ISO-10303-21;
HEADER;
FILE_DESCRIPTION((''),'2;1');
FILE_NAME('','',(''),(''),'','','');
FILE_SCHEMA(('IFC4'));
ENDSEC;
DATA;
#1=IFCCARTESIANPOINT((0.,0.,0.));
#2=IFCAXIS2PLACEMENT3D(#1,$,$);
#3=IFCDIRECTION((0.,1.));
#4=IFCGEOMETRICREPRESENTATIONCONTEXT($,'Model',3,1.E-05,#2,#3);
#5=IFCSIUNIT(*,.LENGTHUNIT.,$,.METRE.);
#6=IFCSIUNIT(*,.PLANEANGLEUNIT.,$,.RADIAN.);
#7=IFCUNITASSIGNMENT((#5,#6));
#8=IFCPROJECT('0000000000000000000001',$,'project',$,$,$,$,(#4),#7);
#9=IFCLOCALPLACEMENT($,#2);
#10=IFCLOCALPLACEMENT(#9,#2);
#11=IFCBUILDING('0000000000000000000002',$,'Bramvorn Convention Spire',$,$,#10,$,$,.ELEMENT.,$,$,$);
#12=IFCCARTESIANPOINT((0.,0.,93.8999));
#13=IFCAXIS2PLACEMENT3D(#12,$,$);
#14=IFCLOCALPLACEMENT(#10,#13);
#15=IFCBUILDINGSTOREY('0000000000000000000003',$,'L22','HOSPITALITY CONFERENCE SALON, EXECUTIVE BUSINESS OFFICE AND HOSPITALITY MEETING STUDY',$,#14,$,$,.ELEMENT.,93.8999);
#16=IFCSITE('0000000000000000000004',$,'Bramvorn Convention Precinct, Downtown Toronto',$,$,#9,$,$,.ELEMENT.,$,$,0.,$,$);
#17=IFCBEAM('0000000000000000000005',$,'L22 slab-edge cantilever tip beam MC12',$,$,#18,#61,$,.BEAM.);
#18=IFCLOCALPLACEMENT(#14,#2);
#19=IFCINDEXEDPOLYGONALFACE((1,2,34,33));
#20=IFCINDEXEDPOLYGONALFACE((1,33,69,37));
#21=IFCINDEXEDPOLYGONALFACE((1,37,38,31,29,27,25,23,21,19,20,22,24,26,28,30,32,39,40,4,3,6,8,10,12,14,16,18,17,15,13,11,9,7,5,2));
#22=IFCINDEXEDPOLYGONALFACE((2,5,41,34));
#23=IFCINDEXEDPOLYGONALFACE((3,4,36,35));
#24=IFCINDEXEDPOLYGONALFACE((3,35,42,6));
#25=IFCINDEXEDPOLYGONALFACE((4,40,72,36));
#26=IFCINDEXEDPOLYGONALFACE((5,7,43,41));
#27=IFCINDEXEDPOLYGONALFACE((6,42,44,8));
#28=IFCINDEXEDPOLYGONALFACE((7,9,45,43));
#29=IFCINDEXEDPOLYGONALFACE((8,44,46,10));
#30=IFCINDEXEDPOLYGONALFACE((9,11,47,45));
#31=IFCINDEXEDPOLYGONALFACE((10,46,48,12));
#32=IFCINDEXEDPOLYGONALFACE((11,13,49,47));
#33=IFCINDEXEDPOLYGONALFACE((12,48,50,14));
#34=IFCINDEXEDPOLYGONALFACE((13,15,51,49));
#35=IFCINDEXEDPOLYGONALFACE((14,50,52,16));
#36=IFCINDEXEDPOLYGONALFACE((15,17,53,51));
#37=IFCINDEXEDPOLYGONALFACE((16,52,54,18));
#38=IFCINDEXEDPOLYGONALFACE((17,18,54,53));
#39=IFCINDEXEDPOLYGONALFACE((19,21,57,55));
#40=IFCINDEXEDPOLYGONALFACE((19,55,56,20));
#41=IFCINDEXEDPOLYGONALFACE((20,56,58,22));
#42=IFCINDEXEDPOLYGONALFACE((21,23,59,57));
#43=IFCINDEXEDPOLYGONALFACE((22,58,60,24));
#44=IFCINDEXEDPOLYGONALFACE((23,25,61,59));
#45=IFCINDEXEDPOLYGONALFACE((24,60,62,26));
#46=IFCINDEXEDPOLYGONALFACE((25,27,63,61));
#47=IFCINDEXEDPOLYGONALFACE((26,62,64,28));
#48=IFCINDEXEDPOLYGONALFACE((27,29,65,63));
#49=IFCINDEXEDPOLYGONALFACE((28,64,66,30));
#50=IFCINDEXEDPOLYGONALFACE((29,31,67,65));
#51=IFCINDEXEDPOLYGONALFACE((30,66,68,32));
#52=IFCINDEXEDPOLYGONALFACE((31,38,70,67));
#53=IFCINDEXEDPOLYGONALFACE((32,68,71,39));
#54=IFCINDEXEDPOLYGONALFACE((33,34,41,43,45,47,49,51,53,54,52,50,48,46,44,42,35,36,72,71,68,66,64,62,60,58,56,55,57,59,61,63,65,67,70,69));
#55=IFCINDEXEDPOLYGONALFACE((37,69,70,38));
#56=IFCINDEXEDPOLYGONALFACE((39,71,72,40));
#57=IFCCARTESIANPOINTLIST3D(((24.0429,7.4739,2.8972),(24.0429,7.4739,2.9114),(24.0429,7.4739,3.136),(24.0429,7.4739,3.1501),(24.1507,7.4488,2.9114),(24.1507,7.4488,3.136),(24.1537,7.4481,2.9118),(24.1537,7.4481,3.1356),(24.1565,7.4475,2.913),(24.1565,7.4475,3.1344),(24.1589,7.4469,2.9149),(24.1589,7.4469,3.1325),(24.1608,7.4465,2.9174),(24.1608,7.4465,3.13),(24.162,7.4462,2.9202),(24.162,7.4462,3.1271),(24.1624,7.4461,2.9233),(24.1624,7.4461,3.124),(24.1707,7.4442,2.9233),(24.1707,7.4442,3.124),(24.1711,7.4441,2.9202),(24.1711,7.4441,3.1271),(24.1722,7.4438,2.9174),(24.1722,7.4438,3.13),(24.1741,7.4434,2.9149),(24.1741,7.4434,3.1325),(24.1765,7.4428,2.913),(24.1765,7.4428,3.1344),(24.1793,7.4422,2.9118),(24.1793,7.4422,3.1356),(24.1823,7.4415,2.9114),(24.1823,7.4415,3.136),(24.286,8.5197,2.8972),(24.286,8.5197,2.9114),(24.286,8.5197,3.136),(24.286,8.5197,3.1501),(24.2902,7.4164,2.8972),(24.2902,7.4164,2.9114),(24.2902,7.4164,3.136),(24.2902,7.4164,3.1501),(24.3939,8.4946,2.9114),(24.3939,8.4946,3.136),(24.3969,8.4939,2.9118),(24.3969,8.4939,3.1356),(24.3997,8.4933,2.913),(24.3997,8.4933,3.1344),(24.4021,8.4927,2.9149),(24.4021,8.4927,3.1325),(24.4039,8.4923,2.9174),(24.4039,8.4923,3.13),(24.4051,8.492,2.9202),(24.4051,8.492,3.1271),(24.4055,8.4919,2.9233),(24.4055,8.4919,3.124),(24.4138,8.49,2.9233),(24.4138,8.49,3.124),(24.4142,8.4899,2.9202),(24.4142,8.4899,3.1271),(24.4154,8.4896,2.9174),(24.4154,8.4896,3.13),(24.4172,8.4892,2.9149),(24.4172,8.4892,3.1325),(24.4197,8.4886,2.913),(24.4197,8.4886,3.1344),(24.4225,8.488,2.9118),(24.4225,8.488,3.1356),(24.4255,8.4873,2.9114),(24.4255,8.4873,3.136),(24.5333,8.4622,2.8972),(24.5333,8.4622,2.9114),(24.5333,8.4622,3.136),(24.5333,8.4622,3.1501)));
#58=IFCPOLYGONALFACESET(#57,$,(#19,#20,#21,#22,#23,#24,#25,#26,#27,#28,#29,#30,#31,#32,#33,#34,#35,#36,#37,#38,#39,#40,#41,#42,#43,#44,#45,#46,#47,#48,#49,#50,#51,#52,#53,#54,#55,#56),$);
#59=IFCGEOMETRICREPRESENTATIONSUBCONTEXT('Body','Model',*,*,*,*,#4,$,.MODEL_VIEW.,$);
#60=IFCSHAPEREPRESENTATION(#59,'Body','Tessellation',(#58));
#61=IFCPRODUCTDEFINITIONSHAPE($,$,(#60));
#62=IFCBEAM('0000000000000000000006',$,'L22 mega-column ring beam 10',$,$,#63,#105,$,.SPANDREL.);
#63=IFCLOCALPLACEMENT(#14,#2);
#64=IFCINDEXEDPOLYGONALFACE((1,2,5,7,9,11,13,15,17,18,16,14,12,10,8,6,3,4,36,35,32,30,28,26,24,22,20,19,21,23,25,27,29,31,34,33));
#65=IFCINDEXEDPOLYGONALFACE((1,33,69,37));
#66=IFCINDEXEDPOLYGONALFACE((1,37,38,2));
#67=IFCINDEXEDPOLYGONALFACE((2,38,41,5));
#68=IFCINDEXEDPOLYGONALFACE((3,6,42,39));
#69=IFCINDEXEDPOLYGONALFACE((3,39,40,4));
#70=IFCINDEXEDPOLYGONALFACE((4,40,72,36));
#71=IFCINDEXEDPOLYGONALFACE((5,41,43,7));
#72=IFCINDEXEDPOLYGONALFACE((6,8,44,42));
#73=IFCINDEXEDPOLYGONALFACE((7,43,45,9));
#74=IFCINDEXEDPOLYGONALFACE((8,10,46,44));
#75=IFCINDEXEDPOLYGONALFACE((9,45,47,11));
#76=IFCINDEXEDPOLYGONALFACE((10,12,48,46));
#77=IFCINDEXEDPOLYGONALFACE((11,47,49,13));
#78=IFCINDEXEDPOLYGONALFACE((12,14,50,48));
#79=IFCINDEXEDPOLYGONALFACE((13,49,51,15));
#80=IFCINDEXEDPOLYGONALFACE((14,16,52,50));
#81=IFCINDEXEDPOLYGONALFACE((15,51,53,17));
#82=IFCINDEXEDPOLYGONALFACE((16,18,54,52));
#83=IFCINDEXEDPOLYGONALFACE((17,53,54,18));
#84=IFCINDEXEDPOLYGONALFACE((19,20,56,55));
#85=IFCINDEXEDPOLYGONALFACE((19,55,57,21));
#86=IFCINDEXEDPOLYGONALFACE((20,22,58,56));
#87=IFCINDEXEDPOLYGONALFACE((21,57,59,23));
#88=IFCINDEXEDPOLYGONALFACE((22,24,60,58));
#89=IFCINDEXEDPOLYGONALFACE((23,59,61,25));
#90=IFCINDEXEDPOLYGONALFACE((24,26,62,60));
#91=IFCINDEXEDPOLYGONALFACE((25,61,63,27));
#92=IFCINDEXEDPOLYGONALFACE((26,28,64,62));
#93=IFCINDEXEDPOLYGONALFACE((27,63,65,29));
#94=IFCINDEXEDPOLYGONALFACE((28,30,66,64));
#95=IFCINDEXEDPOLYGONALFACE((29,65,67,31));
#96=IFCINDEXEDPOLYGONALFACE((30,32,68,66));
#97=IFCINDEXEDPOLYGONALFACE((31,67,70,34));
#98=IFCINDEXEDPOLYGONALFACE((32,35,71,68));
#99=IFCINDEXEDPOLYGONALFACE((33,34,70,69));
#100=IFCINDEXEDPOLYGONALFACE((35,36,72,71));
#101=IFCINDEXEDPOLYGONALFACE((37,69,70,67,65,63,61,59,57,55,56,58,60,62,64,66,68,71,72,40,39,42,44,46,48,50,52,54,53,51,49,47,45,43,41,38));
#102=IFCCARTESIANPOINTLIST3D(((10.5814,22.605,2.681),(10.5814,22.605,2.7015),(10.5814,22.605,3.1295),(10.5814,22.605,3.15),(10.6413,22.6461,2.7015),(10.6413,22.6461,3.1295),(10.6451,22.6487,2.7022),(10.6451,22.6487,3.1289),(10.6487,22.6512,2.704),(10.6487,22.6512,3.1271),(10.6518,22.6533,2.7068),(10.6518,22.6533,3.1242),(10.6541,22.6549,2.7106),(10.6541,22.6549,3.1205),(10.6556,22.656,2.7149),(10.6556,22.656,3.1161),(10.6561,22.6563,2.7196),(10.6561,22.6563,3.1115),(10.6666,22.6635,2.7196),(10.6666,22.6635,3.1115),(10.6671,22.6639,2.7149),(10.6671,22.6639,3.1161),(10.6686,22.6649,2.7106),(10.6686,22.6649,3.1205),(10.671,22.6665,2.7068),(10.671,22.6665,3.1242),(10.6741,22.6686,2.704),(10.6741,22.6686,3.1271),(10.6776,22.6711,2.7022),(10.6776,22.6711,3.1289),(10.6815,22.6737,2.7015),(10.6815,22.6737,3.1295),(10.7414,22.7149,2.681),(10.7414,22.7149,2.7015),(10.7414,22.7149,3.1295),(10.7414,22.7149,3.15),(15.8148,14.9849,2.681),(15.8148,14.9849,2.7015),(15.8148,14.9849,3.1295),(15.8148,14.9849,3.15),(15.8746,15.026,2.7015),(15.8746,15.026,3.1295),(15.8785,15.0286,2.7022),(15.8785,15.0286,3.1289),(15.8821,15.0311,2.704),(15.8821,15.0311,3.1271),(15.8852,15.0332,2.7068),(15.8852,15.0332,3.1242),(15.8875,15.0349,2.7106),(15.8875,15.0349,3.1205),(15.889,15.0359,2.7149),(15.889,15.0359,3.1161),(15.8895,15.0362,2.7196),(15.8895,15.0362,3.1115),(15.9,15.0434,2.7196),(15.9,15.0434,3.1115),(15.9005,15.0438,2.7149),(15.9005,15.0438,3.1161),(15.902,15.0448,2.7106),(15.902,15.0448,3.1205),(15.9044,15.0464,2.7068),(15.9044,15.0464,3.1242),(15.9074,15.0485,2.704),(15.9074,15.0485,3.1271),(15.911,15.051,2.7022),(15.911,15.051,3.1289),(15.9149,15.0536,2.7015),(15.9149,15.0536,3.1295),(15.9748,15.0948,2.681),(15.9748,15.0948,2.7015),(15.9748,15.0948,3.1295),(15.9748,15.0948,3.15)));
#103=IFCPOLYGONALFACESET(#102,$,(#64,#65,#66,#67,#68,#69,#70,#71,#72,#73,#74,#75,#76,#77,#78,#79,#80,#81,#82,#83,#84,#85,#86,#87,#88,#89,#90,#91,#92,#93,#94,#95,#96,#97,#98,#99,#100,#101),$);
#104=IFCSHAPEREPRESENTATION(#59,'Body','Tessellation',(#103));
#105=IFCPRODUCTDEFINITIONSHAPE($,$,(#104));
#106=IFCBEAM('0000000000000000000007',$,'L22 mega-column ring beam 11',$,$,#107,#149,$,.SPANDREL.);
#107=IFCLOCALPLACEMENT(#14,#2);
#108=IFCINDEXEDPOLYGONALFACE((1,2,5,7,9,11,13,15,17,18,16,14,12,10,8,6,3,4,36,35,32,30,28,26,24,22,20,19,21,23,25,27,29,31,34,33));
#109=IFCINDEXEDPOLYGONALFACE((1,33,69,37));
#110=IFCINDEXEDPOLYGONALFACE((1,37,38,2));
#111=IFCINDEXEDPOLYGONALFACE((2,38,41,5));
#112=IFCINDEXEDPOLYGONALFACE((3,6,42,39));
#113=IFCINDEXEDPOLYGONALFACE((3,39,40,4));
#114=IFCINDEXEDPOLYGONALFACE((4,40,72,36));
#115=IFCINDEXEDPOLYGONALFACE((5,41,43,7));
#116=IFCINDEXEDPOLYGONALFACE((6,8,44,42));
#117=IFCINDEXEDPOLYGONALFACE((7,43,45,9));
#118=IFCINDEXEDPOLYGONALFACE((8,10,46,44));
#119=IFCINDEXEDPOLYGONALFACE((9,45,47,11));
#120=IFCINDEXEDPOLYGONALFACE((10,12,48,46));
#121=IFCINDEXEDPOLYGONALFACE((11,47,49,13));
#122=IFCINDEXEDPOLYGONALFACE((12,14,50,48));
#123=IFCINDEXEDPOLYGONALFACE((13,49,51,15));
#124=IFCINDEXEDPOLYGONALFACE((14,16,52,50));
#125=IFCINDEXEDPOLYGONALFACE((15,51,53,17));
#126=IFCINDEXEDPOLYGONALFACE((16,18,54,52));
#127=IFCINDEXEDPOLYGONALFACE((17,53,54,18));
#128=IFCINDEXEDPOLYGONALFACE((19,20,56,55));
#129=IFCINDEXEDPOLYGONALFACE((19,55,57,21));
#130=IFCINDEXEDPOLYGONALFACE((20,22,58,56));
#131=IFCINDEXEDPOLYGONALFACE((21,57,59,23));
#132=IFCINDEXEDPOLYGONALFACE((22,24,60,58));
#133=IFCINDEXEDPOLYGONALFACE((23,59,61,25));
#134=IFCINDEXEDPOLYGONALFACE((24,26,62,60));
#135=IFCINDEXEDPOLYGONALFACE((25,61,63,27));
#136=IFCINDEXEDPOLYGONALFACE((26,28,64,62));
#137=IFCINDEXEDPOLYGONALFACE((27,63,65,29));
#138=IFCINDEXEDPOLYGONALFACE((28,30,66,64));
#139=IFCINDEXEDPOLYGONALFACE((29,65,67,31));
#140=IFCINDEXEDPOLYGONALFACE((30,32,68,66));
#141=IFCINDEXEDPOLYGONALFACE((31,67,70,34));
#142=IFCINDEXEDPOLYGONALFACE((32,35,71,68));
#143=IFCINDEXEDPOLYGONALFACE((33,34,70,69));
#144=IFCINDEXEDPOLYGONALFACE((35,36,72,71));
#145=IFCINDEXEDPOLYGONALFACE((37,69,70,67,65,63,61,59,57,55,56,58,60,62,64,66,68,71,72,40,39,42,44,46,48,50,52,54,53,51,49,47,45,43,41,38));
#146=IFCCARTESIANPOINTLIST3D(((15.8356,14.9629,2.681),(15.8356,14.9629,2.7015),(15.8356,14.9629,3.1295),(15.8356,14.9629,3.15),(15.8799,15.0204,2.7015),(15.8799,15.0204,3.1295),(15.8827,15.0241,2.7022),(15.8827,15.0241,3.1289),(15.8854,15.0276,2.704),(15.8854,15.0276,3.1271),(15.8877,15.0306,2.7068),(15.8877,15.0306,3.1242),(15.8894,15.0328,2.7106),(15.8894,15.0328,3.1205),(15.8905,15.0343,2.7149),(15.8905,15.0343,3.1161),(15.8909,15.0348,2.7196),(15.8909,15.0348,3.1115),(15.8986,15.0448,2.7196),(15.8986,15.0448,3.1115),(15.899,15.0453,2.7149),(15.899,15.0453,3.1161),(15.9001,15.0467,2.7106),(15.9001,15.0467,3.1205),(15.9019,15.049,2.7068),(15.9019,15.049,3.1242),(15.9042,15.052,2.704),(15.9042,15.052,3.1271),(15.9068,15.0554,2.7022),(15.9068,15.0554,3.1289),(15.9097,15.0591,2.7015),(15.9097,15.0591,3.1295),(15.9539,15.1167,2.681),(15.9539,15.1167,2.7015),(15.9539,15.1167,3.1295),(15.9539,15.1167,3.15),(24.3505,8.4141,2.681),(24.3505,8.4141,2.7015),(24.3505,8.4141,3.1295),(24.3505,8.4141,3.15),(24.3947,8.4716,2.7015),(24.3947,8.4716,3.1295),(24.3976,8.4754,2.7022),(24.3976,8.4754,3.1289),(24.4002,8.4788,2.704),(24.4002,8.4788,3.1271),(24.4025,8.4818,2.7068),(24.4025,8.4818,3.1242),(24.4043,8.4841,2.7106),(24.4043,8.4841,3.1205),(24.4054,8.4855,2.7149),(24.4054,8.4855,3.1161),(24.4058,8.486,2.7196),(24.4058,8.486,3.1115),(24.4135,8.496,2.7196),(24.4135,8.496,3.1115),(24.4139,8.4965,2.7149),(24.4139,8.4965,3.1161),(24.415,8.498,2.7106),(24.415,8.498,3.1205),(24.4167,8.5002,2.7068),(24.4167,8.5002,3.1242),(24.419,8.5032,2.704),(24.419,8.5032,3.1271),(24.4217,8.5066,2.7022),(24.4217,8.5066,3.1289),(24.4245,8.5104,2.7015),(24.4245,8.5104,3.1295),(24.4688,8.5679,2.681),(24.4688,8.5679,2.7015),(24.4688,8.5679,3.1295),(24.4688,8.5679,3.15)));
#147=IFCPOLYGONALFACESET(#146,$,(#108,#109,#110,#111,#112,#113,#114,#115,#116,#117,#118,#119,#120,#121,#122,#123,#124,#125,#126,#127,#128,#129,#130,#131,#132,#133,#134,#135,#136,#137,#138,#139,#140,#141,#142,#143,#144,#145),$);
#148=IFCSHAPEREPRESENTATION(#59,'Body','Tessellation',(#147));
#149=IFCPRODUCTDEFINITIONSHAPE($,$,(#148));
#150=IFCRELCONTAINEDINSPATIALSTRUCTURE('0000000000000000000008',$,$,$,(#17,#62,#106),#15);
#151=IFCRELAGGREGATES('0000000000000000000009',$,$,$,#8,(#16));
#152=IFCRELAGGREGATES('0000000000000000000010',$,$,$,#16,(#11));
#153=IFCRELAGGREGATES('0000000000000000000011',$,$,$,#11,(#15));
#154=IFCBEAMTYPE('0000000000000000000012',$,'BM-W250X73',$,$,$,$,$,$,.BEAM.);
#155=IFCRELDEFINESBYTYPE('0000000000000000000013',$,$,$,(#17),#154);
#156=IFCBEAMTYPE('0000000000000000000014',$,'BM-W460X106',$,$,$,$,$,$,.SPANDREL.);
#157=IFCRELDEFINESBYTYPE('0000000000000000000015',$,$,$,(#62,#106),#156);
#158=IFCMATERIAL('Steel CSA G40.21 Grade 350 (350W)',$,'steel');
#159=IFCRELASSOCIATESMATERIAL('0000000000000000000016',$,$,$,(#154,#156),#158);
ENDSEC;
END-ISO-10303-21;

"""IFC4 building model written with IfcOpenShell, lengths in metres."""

from ifc_helpers import new_model, si_unit, direction, frame, origin, origin_2d, place, context, subcontext, project, spatial, i_section, extrude, material, material_profile, profile_set, type_object, element, save


model = new_model("IFC4")

# Units and contexts
model_context = context("Model", 3, precision=1e-05, world=origin(), true_north=direction((0.0, 1.0)))
body_context = subcontext(model_context, "Body", "Model", "MODEL_VIEW")
ifc_project = project(units=[si_unit("LENGTHUNIT", "METRE"), si_unit("PLANEANGLEUNIT", "RADIAN")], contexts=[model_context])

# Site, building, storey
site_placement = place(None, origin())
site = spatial("IfcSite", under=ifc_project, at=site_placement, Name="Bramvorn Convention Precinct, Downtown Toronto", CompositionType="ELEMENT", RefElevation=0.0)
building_placement = place(site_placement, origin())
building = spatial("IfcBuilding", under=site, at=building_placement, Name="Bramvorn Convention Spire", CompositionType="ELEMENT")
storey_placement = place(building_placement, frame((0.0, 0.0, 93.8999)))
storey = spatial("IfcBuildingStorey", under=building, at=storey_placement, Name="L22", Description="HOSPITALITY CONFERENCE SALON, EXECUTIVE BUSINESS OFFICE AND HOSPITALITY MEETING STUDY", CompositionType="ELEMENT", Elevation=93.8999)

# Shared definitions
ifc_material_1 = material(Name="Steel CSA G40.21 Grade 350 (350W)", Category="steel")

# Beams
ifc_material_profile_1 = material_profile(ifc_material_1, i_section(OverallWidth=0.2539, OverallDepth=0.2529, WebThickness=0.0085, FlangeThickness=0.0142, FilletRadius=0.012, at=origin_2d()))
ifc_profile_set_1 = profile_set([ifc_material_profile_1], Name="Steel CSA G40.21 Grade 350 (350W) - W250X73")
beam_type_1 = type_object("IfcBeamType", Name="BM-W250X73", PredefinedType="BEAM", material=ifc_profile_set_1)
beam_1_placement = place(storey_placement, frame((24.4097, 8.491, 3.0237), z_axis=(-0.226453, -0.974022, 0.0), x_axis=(0.974022, -0.226453, 0.0)))
element("IfcBeam", 1, at=beam_1_placement, inside=storey, type_object=beam_type_1, Name="L22 slab-edge cantilever tip beam MC12", PredefinedType="BEAM", context=body_context, shape_type="SweptSolid", body=[
    extrude(i_section(OverallWidth=0.2539, OverallDepth=0.2529, WebThickness=0.0085, FlangeThickness=0.0142, FilletRadius=0.012, at=origin_2d()), origin(), (0.0, 0.0, 1.0), 1.0737),
])
ifc_material_profile_2 = material_profile(ifc_material_1, i_section(OverallWidth=0.1941, OverallDepth=0.469, WebThickness=0.0127, FlangeThickness=0.0205, FilletRadius=0.0181, at=origin_2d()))
ifc_profile_set_2 = profile_set([ifc_material_profile_2], Name="Steel CSA G40.21 Grade 350 (350W) - W460X106")
beam_type_2 = type_object("IfcBeamType", Name="BM-W460X106", PredefinedType="SPANDREL", material=ifc_profile_set_2)
beam_2_placement = place(storey_placement, frame((10.6614, 22.6599, 2.9155), z_axis=(0.56613, -0.824316, 0.0), x_axis=(0.824316, 0.56613, 0.0)))
element("IfcBeam", 2, at=beam_2_placement, inside=storey, type_object=beam_type_2, Name="L22 mega-column ring beam 10", PredefinedType="SPANDREL", context=body_context, shape_type="SweptSolid", body=[
    extrude(i_section(OverallWidth=0.1941, OverallDepth=0.469, WebThickness=0.0127, FlangeThickness=0.0205, FilletRadius=0.0181, at=origin_2d()), origin(), (0.0, 0.0, 1.0), 9.2441),
])
beam_3_placement = place(storey_placement, frame((15.8948, 15.0398, 2.9155), z_axis=(0.792673, -0.609647, 0.0), x_axis=(0.609647, 0.792673, 0.0)))
element("IfcBeam", 3, at=beam_3_placement, inside=storey, type_object=beam_type_2, Name="L22 mega-column ring beam 11", PredefinedType="SPANDREL", context=body_context, shape_type="SweptSolid", body=[
    extrude(i_section(OverallWidth=0.1941, OverallDepth=0.469, WebThickness=0.0127, FlangeThickness=0.0205, FilletRadius=0.0181, at=origin_2d()), origin(), (0.0, 0.0, 1.0), 10.7419),
])

save(model, "model.ifc")
